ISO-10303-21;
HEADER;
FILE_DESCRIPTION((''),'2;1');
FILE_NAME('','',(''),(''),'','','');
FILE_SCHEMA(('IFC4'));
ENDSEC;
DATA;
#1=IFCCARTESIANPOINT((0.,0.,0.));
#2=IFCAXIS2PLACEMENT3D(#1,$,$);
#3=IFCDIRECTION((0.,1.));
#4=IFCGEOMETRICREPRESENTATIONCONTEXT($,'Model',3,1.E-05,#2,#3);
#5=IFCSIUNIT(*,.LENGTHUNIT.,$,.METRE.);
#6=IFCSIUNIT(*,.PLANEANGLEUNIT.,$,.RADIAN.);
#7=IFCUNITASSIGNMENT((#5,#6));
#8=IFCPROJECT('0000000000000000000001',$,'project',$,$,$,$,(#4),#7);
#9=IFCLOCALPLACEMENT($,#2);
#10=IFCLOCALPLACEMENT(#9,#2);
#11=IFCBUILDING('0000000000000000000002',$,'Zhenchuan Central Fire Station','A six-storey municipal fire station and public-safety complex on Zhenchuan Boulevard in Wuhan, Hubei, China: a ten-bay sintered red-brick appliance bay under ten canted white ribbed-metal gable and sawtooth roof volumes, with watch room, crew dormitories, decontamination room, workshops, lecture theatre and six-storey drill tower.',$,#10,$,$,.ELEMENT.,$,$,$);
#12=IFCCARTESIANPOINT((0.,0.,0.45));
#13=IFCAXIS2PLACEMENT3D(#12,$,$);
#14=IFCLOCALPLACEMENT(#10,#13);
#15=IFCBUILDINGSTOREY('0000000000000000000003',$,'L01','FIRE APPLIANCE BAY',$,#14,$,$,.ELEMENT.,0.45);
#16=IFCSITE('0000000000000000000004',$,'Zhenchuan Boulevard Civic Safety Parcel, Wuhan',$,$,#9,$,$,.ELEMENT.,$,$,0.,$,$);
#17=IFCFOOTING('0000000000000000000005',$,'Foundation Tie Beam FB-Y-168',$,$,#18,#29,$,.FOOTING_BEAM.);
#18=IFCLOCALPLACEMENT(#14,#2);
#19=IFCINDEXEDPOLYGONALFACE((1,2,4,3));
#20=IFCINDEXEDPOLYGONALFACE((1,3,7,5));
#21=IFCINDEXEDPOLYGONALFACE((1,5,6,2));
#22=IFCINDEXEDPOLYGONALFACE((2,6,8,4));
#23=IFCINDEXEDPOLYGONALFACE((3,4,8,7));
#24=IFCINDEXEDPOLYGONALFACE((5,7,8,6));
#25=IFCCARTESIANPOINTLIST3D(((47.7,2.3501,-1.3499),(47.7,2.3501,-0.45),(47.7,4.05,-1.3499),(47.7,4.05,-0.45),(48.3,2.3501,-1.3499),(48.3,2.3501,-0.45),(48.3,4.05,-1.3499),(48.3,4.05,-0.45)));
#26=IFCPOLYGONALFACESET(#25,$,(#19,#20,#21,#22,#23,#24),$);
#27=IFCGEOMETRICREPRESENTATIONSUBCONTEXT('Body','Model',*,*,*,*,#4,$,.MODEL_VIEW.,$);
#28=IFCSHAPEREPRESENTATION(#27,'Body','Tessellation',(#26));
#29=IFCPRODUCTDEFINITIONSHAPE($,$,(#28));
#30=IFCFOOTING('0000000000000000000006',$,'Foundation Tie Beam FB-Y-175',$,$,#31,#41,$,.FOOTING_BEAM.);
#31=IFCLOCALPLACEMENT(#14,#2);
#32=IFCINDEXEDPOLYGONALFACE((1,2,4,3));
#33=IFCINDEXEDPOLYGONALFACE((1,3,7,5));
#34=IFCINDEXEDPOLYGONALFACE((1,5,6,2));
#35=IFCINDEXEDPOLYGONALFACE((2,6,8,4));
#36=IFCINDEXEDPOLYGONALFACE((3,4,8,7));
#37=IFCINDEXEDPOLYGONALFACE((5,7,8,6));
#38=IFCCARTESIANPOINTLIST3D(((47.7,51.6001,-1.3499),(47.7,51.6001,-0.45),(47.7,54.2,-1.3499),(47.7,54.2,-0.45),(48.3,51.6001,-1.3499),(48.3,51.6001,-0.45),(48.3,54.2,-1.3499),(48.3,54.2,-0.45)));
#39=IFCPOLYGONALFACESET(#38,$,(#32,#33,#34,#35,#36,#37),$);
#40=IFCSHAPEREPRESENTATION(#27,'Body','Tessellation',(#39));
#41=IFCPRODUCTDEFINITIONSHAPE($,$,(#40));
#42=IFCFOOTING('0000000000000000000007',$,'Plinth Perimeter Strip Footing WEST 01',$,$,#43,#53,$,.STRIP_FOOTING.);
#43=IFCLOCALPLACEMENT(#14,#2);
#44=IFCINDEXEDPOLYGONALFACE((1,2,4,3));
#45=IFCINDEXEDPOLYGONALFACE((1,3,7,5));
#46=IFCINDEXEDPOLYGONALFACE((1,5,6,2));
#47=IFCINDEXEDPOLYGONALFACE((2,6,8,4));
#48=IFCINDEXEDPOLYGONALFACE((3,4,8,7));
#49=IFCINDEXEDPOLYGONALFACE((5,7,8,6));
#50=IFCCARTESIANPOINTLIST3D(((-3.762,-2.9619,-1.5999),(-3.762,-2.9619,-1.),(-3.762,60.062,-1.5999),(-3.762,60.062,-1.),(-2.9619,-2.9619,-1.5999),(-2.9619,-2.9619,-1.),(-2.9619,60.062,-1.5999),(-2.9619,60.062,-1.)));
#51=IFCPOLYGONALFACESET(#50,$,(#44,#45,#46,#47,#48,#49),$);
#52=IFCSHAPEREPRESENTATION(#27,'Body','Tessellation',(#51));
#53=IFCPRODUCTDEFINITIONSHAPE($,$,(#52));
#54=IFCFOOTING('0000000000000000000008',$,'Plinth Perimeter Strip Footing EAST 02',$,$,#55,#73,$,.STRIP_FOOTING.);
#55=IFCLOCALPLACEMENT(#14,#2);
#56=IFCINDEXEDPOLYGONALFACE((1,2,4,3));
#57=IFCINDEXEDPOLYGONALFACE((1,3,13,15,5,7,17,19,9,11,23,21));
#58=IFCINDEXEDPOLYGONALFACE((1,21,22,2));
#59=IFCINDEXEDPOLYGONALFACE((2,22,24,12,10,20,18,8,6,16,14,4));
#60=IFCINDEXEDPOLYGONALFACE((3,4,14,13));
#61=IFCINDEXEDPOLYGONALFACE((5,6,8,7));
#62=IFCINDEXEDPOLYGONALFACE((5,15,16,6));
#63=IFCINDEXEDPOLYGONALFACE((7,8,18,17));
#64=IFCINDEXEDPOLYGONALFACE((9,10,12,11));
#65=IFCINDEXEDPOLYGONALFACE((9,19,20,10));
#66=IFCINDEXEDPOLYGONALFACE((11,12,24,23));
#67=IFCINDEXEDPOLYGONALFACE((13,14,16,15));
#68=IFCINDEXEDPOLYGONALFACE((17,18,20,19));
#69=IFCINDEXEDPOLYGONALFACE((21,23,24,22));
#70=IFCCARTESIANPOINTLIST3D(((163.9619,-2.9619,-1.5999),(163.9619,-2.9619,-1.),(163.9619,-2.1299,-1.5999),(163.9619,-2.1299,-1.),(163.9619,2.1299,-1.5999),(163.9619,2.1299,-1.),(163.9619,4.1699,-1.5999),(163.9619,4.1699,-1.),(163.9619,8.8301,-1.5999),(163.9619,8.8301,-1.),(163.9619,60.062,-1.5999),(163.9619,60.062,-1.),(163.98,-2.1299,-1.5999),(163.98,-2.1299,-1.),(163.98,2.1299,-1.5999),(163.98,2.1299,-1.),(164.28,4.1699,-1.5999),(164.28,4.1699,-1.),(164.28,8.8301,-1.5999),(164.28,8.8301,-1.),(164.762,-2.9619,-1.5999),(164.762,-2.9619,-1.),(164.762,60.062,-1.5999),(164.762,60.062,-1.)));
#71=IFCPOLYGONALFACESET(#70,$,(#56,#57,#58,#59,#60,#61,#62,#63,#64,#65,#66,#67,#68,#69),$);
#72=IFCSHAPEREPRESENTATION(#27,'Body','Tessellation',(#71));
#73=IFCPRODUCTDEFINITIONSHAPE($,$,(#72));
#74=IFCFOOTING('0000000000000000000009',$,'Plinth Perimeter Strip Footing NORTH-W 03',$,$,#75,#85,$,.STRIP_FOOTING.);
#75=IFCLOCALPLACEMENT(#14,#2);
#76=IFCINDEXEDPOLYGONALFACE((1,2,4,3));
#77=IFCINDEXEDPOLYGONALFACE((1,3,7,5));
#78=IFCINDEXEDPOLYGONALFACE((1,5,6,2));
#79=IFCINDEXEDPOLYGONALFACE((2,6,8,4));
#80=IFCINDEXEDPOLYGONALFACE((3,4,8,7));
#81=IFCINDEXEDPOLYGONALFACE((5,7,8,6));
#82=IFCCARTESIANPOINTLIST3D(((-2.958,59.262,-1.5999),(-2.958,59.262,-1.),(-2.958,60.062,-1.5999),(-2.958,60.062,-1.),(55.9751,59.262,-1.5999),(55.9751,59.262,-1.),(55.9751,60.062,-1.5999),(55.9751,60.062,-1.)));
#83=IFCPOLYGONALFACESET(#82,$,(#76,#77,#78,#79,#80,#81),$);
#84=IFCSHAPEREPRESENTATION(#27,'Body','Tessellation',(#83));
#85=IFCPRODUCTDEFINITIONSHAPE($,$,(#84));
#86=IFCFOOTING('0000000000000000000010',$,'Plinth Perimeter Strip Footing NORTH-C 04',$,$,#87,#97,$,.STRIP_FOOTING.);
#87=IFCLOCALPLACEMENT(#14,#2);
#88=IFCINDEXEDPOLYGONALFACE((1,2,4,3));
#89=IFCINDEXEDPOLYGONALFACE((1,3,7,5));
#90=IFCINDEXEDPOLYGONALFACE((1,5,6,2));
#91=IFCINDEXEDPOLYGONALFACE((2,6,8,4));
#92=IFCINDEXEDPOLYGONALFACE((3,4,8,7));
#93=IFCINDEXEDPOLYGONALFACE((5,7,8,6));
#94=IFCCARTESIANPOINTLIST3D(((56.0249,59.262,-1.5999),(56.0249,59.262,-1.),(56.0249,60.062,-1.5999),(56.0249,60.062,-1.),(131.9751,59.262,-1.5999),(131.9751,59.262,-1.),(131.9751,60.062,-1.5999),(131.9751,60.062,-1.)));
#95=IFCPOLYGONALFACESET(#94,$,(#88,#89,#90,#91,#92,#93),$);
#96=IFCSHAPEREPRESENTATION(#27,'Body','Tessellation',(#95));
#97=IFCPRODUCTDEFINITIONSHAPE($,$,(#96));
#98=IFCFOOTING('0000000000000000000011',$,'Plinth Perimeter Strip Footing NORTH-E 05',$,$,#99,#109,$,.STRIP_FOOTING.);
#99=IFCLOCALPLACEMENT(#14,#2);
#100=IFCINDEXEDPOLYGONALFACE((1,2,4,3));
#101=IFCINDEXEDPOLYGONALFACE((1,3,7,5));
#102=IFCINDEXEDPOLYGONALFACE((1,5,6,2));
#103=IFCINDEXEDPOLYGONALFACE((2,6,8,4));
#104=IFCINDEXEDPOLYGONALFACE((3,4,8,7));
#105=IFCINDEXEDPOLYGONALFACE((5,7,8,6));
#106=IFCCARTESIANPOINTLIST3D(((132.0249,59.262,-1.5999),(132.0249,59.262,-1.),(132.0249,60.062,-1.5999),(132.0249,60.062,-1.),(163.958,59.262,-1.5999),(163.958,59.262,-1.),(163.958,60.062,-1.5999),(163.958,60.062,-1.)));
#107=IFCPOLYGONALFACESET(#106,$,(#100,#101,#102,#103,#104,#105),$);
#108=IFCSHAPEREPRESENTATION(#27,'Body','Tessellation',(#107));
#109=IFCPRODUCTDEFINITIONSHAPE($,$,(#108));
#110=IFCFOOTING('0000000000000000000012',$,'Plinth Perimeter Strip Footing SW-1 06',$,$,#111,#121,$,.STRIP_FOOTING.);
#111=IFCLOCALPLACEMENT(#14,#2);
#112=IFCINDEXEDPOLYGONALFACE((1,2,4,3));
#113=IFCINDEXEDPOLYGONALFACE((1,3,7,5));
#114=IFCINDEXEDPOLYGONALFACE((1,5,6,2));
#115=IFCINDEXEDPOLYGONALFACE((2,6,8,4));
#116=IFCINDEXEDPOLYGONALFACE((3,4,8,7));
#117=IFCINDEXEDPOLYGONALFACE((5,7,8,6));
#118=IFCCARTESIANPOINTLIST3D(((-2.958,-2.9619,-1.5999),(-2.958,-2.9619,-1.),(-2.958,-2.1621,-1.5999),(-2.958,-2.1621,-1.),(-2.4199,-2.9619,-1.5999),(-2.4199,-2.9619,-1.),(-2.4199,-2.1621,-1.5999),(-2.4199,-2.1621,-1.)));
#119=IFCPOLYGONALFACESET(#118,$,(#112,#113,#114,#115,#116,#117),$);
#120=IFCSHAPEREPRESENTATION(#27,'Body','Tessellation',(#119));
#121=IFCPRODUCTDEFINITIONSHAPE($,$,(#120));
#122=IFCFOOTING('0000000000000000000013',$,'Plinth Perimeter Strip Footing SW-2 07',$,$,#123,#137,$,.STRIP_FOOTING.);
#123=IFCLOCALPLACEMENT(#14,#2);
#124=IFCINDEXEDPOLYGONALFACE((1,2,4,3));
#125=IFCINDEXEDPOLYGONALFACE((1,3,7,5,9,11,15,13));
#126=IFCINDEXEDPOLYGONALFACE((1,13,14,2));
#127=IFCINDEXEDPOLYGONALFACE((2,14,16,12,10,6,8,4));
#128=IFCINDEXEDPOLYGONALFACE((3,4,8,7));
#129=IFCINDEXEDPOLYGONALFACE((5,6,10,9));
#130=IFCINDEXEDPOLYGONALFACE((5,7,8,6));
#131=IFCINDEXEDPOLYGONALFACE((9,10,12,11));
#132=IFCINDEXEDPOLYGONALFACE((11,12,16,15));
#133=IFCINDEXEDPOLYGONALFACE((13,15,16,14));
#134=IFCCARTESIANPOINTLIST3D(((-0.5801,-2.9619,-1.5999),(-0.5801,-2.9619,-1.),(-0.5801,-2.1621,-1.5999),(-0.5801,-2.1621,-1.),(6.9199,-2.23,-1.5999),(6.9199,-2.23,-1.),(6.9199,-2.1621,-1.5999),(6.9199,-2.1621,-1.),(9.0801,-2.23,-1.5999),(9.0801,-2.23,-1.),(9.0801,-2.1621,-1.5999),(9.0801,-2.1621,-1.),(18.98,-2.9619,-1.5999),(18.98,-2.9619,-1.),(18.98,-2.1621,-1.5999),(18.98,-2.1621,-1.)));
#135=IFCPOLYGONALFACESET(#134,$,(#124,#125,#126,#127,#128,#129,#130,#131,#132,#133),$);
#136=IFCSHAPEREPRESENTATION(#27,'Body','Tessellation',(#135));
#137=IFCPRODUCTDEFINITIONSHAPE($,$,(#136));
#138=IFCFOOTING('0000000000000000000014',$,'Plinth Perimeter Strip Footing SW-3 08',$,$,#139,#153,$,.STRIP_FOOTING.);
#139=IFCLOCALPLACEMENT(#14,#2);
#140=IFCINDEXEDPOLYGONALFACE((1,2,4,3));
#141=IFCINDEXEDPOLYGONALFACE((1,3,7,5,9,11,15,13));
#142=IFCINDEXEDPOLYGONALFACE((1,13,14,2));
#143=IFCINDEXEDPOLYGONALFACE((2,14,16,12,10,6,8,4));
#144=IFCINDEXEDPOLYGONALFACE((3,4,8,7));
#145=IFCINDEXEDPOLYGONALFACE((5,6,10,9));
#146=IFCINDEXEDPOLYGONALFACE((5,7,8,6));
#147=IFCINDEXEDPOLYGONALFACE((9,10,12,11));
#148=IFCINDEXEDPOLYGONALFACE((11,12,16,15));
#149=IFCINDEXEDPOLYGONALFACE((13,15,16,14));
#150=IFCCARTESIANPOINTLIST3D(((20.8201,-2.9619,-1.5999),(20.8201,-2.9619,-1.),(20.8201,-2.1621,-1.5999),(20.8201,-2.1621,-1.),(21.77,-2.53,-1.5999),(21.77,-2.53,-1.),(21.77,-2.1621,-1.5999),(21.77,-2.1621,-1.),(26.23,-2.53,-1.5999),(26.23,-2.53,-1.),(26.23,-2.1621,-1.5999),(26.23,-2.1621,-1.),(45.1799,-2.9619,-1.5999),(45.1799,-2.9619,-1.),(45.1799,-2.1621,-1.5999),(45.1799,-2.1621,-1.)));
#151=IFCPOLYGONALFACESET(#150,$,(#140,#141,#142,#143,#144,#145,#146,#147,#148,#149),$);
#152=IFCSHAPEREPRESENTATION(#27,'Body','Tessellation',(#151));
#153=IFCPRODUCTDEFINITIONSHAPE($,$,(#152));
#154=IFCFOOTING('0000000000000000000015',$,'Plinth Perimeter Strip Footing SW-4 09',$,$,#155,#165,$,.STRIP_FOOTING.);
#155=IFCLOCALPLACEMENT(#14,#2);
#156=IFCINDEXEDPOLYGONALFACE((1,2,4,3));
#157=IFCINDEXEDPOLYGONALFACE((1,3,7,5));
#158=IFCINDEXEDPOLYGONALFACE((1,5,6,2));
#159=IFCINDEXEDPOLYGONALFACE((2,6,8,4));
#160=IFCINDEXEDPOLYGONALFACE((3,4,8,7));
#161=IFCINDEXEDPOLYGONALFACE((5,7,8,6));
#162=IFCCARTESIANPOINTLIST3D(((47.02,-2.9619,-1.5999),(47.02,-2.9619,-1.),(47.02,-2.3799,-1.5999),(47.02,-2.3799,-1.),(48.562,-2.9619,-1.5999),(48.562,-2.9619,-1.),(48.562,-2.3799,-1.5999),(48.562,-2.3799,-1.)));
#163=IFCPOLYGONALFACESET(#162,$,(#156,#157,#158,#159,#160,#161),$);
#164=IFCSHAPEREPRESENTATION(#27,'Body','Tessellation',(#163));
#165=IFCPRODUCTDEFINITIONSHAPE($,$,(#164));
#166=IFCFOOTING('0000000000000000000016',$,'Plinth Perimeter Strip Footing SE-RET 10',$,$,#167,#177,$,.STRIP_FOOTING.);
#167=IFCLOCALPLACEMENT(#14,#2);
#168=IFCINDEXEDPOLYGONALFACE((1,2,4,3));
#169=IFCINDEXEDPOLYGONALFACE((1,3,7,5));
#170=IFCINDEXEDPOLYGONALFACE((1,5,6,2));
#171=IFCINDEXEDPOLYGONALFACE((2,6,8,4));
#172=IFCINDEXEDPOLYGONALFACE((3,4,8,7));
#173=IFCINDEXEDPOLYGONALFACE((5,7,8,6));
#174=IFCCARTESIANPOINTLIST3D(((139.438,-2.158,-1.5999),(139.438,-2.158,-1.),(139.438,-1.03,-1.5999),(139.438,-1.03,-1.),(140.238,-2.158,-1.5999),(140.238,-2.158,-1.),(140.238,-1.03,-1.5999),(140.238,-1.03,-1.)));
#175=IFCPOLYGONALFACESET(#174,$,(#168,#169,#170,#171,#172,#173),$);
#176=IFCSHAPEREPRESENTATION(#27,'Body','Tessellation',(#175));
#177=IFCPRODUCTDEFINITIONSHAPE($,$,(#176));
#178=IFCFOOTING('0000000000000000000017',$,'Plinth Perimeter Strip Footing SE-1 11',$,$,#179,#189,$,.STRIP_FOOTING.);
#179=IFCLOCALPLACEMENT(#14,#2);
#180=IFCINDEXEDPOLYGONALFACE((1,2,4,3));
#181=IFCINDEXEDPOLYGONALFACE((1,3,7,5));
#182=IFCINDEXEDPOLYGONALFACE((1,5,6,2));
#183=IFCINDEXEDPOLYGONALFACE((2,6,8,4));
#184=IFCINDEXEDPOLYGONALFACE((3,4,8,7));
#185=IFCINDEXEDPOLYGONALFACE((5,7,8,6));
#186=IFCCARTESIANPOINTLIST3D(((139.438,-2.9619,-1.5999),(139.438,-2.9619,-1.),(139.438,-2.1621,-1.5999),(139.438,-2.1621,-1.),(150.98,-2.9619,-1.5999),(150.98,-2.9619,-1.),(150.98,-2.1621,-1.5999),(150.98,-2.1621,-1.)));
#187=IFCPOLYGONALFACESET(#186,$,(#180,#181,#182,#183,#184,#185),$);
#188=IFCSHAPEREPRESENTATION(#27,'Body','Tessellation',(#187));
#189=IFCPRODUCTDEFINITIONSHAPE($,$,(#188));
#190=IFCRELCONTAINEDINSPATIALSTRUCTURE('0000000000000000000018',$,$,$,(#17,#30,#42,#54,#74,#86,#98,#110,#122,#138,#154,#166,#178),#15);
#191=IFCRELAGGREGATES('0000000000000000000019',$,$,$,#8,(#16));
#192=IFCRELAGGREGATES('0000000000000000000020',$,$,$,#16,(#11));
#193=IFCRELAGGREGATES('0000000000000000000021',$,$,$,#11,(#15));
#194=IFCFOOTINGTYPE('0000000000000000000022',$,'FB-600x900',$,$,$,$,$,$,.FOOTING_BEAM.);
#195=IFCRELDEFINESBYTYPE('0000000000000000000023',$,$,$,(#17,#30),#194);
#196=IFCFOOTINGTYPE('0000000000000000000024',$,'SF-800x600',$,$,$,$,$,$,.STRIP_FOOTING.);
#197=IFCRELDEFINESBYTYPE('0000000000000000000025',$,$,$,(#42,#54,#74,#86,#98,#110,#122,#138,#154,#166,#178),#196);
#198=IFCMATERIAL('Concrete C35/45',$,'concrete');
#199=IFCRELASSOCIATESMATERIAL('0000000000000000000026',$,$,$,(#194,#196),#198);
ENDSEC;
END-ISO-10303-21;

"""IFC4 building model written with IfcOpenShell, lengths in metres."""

from ifc_helpers import new_model, si_unit, direction, frame, origin, place, context, subcontext, project, spatial, polyline, outline, extrude, material, type_object, element, save


model = new_model("IFC4")

# Units and contexts
model_context = context("Model", 3, precision=1e-05, world=origin(), true_north=direction((0.0, 1.0)))
body_context = subcontext(model_context, "Body", "Model", "MODEL_VIEW")
ifc_project = project(units=[si_unit("LENGTHUNIT", "METRE"), si_unit("PLANEANGLEUNIT", "RADIAN")], contexts=[model_context])

# Site, building, storey
site_placement = place(None, origin())
site = spatial("IfcSite", under=ifc_project, at=site_placement, Name="Zhenchuan Boulevard Civic Safety Parcel, Wuhan", CompositionType="ELEMENT", RefElevation=0.0)
building_placement = place(site_placement, origin())
building = spatial("IfcBuilding", under=site, at=building_placement, Name="Zhenchuan Central Fire Station", Description="A six-storey municipal fire station and public-safety complex on Zhenchuan Boulevard in Wuhan, Hubei, China: a ten-bay sintered red-brick appliance bay under ten canted white ribbed-metal gable and sawtooth roof volumes, with watch room, crew dormitories, decontamination room, workshops, lecture theatre and six-storey drill tower.", CompositionType="ELEMENT")
storey_placement = place(building_placement, frame((0.0, 0.0, 0.45)))
storey = spatial("IfcBuildingStorey", under=building, at=storey_placement, Name="L01", Description="FIRE APPLIANCE BAY", CompositionType="ELEMENT", Elevation=0.45)

# Footings
ifc_material = material(Name="Concrete C35/45", Category="concrete")
footing_type_1 = type_object("IfcFootingType", Name="FB-600x900", PredefinedType="FOOTING_BEAM", material=ifc_material)
footing_1_placement = place(storey_placement, frame((0.0, 0.0, -1.3499)))
element("IfcFooting", 1, at=footing_1_placement, inside=storey, type_object=footing_type_1, Name="Foundation Tie Beam FB-Y-168", PredefinedType="FOOTING_BEAM", context=body_context, shape_type="SweptSolid", body=[
    extrude(outline(polyline([(47.7, 2.3501), (48.3, 2.3501), (48.3, 4.05), (47.7, 4.05), (47.7, 2.3501)])), origin(), (0.0, 0.0, 1.0), 0.8999),
])
footing_2_placement = place(storey_placement, frame((0.0, 0.0, -1.3499)))
element("IfcFooting", 2, at=footing_2_placement, inside=storey, type_object=footing_type_1, Name="Foundation Tie Beam FB-Y-175", PredefinedType="FOOTING_BEAM", context=body_context, shape_type="SweptSolid", body=[
    extrude(outline(polyline([(47.7, 51.6001), (48.3, 51.6001), (48.3, 54.2), (47.7, 54.2), (47.7, 51.6001)])), origin(), (0.0, 0.0, 1.0), 0.8999),
])
footing_type_2 = type_object("IfcFootingType", Name="SF-800x600", PredefinedType="STRIP_FOOTING", material=ifc_material)
footing_3_placement = place(storey_placement, frame((0.0, 0.0, -1.5999)))
element("IfcFooting", 3, at=footing_3_placement, inside=storey, type_object=footing_type_2, Name="Plinth Perimeter Strip Footing WEST 01", PredefinedType="STRIP_FOOTING", context=body_context, shape_type="SweptSolid", body=[
    extrude(outline(polyline([(-3.762, -2.9619), (-3.762, 60.062), (-2.9619, 60.062), (-2.9619, -2.9619), (-3.762, -2.9619)])), origin(), (0.0, 0.0, 1.0), 0.5999),
])
footing_4_placement = place(storey_placement, frame((0.0, 0.0, -1.5999)))
element("IfcFooting", 4, at=footing_4_placement, inside=storey, type_object=footing_type_2, Name="Plinth Perimeter Strip Footing EAST 02", PredefinedType="STRIP_FOOTING", context=body_context, shape_type="SweptSolid", body=[
    extrude(outline(polyline([(163.9619, 60.062), (164.762, 60.062), (164.762, -2.9619), (163.9619, -2.9619), (163.9619, -2.1299), (163.98, -2.1299), (163.98, 2.1299), (163.9619, 2.1299), (163.9619, 4.1699), (164.28, 4.1699), (164.28, 8.8301), (163.9619, 8.8301), (163.9619, 60.062)])), origin(), (0.0, 0.0, 1.0), 0.5999),
])
footing_5_placement = place(storey_placement, frame((0.0, 0.0, -1.5999)))
element("IfcFooting", 5, at=footing_5_placement, inside=storey, type_object=footing_type_2, Name="Plinth Perimeter Strip Footing NORTH-W 03", PredefinedType="STRIP_FOOTING", context=body_context, shape_type="SweptSolid", body=[
    extrude(outline(polyline([(-2.958, 59.262), (-2.958, 60.062), (55.9751, 60.062), (55.9751, 59.262), (-2.958, 59.262)])), origin(), (0.0, 0.0, 1.0), 0.5999),
])
footing_6_placement = place(storey_placement, frame((0.0, 0.0, -1.5999)))
element("IfcFooting", 6, at=footing_6_placement, inside=storey, type_object=footing_type_2, Name="Plinth Perimeter Strip Footing NORTH-C 04", PredefinedType="STRIP_FOOTING", context=body_context, shape_type="SweptSolid", body=[
    extrude(outline(polyline([(56.0249, 59.262), (56.0249, 60.062), (131.9751, 60.062), (131.9751, 59.262), (56.0249, 59.262)])), origin(), (0.0, 0.0, 1.0), 0.5999),
])
footing_7_placement = place(storey_placement, frame((0.0, 0.0, -1.5999)))
element("IfcFooting", 7, at=footing_7_placement, inside=storey, type_object=footing_type_2, Name="Plinth Perimeter Strip Footing NORTH-E 05", PredefinedType="STRIP_FOOTING", context=body_context, shape_type="SweptSolid", body=[
    extrude(outline(polyline([(132.0249, 59.262), (132.0249, 60.062), (163.958, 60.062), (163.958, 59.262), (132.0249, 59.262)])), origin(), (0.0, 0.0, 1.0), 0.5999),
])
footing_8_placement = place(storey_placement, frame((0.0, 0.0, -1.5999)))
element("IfcFooting", 8, at=footing_8_placement, inside=storey, type_object=footing_type_2, Name="Plinth Perimeter Strip Footing SW-1 06", PredefinedType="STRIP_FOOTING", context=body_context, shape_type="SweptSolid", body=[
    extrude(outline(polyline([(-2.958, -2.9619), (-2.958, -2.1621), (-2.4199, -2.1621), (-2.4199, -2.9619), (-2.958, -2.9619)])), origin(), (0.0, 0.0, 1.0), 0.5999),
])
footing_9_placement = place(storey_placement, frame((0.0, 0.0, -1.5999)))
element("IfcFooting", 9, at=footing_9_placement, inside=storey, type_object=footing_type_2, Name="Plinth Perimeter Strip Footing SW-2 07", PredefinedType="STRIP_FOOTING", context=body_context, shape_type="SweptSolid", body=[
    extrude(outline(polyline([(18.98, -2.1621), (18.98, -2.9619), (-0.5801, -2.9619), (-0.5801, -2.1621), (6.9199, -2.1621), (6.9199, -2.23), (9.0801, -2.23), (9.0801, -2.1621), (18.98, -2.1621)])), origin(), (0.0, 0.0, 1.0), 0.5999),
])
footing_10_placement = place(storey_placement, frame((0.0, 0.0, -1.5999)))
element("IfcFooting", 10, at=footing_10_placement, inside=storey, type_object=footing_type_2, Name="Plinth Perimeter Strip Footing SW-3 08", PredefinedType="STRIP_FOOTING", context=body_context, shape_type="SweptSolid", body=[
    extrude(outline(polyline([(45.1799, -2.1621), (45.1799, -2.9619), (20.8201, -2.9619), (20.8201, -2.1621), (21.77, -2.1621), (21.77, -2.53), (26.23, -2.53), (26.23, -2.1621), (45.1799, -2.1621)])), origin(), (0.0, 0.0, 1.0), 0.5999),
])
footing_11_placement = place(storey_placement, frame((0.0, 0.0, -1.5999)))
element("IfcFooting", 11, at=footing_11_placement, inside=storey, type_object=footing_type_2, Name="Plinth Perimeter Strip Footing SW-4 09", PredefinedType="STRIP_FOOTING", context=body_context, shape_type="SweptSolid", body=[
    extrude(outline(polyline([(48.562, -2.9619), (47.02, -2.9619), (47.02, -2.3799), (48.562, -2.3799), (48.562, -2.9619)])), origin(), (0.0, 0.0, 1.0), 0.5999),
])
footing_12_placement = place(storey_placement, frame((0.0, 0.0, -1.5999)))
element("IfcFooting", 12, at=footing_12_placement, inside=storey, type_object=footing_type_2, Name="Plinth Perimeter Strip Footing SE-RET 10", PredefinedType="STRIP_FOOTING", context=body_context, shape_type="SweptSolid", body=[
    extrude(outline(polyline([(140.238, -2.158), (139.438, -2.158), (139.438, -1.03), (140.238, -1.03), (140.238, -2.158)])), origin(), (0.0, 0.0, 1.0), 0.5999),
])
footing_13_placement = place(storey_placement, frame((0.0, 0.0, -1.5999)))
element("IfcFooting", 13, at=footing_13_placement, inside=storey, type_object=footing_type_2, Name="Plinth Perimeter Strip Footing SE-1 11", PredefinedType="STRIP_FOOTING", context=body_context, shape_type="SweptSolid", body=[
    extrude(outline(polyline([(139.438, -2.9619), (139.438, -2.1621), (150.98, -2.1621), (150.98, -2.9619), (139.438, -2.9619)])), origin(), (0.0, 0.0, 1.0), 0.5999),
])

save(model, "model.ifc")
